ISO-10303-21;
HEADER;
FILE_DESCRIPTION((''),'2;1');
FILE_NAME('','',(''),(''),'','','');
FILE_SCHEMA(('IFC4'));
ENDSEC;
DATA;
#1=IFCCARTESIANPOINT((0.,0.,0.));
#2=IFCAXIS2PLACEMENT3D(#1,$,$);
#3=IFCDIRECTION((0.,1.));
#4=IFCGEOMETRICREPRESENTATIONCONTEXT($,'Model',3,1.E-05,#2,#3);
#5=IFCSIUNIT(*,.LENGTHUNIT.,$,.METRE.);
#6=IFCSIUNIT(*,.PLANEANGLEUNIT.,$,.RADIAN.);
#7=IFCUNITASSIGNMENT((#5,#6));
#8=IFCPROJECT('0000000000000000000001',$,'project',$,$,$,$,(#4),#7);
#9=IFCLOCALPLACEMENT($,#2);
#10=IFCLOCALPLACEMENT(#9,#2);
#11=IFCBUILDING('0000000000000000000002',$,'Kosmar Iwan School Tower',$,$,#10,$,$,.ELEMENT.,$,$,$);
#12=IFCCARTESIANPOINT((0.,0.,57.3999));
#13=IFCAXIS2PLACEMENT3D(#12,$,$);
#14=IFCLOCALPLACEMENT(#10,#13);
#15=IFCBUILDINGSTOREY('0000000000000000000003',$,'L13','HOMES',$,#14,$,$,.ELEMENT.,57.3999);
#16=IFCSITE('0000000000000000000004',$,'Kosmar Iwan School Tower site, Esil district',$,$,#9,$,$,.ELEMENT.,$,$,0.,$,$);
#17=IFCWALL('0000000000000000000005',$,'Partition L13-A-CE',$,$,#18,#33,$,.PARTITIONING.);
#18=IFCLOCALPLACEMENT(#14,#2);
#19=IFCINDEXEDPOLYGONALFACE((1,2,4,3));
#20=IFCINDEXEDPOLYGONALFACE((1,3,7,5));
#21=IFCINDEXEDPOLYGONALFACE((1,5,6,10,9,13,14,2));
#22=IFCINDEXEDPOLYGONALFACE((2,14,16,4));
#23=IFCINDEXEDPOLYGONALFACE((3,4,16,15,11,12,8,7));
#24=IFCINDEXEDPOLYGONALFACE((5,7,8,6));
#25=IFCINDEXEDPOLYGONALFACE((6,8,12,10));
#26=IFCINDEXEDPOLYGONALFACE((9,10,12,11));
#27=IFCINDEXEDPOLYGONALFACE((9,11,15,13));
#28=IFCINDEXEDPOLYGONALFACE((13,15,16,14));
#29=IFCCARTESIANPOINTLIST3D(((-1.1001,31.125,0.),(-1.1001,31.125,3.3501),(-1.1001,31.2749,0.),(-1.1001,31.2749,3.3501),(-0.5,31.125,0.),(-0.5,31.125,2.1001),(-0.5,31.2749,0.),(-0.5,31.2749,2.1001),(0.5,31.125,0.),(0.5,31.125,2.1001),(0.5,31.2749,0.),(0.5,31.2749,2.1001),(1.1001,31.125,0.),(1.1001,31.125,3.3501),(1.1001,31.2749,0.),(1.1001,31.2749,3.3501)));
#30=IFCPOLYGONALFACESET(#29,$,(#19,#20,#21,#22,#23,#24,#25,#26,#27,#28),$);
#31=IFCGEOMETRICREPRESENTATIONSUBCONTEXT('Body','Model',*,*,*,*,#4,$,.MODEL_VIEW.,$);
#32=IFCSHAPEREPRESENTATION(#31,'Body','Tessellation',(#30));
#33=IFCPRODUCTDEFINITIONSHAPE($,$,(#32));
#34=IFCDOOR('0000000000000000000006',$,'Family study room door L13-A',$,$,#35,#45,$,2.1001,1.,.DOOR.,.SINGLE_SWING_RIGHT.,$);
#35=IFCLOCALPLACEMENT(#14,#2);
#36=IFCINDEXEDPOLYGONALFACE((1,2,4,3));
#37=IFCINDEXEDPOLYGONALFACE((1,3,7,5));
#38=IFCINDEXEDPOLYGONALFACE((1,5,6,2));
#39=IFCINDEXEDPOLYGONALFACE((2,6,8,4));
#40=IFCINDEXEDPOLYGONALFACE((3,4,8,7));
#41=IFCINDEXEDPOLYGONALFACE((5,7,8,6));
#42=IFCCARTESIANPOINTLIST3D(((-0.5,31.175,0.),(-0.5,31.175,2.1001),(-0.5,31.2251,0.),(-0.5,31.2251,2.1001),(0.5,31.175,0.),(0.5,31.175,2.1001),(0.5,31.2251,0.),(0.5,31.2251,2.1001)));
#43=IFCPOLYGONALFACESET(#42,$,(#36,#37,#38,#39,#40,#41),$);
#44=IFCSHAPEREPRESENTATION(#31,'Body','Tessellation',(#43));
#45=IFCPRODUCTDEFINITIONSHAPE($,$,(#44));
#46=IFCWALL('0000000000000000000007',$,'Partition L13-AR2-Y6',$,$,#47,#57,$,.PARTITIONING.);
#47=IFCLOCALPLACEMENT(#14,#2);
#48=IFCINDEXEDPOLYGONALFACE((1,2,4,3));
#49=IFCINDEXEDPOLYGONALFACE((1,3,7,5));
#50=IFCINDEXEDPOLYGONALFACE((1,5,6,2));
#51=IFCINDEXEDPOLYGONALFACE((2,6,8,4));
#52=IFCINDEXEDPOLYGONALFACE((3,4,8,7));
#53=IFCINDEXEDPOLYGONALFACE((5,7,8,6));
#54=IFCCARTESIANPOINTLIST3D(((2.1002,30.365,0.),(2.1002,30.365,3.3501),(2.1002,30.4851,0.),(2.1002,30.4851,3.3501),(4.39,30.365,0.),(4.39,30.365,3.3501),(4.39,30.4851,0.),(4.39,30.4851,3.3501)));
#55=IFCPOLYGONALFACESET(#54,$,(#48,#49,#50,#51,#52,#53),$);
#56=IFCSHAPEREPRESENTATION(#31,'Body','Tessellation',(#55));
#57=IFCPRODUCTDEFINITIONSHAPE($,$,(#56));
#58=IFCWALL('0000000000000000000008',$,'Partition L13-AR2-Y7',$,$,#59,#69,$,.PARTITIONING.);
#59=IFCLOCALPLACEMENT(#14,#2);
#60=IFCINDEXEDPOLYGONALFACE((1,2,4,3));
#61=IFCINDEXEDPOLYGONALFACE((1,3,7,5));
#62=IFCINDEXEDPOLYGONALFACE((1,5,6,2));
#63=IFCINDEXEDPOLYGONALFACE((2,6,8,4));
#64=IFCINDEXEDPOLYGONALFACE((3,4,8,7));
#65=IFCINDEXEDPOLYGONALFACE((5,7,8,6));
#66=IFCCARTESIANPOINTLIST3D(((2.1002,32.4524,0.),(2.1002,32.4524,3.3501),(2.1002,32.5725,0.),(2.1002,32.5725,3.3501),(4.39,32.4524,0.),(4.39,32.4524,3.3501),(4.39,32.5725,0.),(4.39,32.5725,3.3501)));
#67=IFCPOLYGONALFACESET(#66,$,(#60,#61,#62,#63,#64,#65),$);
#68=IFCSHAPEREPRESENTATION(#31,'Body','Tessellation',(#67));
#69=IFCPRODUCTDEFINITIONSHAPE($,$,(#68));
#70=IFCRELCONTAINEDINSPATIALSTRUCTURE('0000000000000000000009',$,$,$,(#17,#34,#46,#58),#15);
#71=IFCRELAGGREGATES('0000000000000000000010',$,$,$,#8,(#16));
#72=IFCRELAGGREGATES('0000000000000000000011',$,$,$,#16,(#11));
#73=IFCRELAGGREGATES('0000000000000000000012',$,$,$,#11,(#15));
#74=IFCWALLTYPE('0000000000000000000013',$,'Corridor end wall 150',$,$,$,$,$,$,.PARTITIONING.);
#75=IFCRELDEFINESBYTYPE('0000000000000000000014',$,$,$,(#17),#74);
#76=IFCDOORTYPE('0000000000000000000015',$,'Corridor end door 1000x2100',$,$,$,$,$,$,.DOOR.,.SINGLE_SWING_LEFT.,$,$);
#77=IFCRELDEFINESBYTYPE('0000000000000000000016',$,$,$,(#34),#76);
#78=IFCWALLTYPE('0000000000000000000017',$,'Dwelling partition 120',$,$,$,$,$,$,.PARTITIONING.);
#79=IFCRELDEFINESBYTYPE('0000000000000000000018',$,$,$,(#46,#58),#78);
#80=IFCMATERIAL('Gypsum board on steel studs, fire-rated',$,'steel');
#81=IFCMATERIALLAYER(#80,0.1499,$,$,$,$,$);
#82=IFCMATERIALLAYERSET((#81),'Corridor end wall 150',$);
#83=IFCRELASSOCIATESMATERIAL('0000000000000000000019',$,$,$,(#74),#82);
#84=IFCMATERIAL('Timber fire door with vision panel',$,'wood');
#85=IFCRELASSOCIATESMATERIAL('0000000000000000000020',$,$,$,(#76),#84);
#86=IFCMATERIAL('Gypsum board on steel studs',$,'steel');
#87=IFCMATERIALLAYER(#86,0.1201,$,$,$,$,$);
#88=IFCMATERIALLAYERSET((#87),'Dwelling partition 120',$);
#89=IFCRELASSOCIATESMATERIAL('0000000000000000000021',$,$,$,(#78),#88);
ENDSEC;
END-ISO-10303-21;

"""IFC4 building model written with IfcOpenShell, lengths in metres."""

from ifc_helpers import new_model, si_unit, direction, frame, frame_2d, origin, place, context, subcontext, project, spatial, rectangle, extrude, material, layer, layer_set, type_object, element, fill, save


model = new_model("IFC4")

# Units and contexts
model_context = context("Model", 3, precision=1e-05, world=origin(), true_north=direction((0.0, 1.0)))
body_context = subcontext(model_context, "Body", "Model", "MODEL_VIEW")
ifc_project = project(units=[si_unit("LENGTHUNIT", "METRE"), si_unit("PLANEANGLEUNIT", "RADIAN")], contexts=[model_context])

# Site, building, storey
site_placement = place(None, origin())
site = spatial("IfcSite", under=ifc_project, at=site_placement, Name="Kosmar Iwan School Tower site, Esil district", CompositionType="ELEMENT", RefElevation=0.0)
building_placement = place(site_placement, origin())
building = spatial("IfcBuilding", under=site, at=building_placement, Name="Kosmar Iwan School Tower", CompositionType="ELEMENT")
storey_placement = place(building_placement, frame((0.0, 0.0, 57.3999)))
storey = spatial("IfcBuildingStorey", under=building, at=storey_placement, Name="L13", Description="HOMES", CompositionType="ELEMENT", Elevation=57.3999)

# Wall, opening, door
ifc_material_1 = material(Name="Gypsum board on steel studs, fire-rated", Category="steel")
ifc_layer_1 = layer(ifc_material_1, 0.1499)
ifc_layer_set_1 = layer_set([ifc_layer_1], Name="Corridor end wall 150")
wall_type_1 = type_object("IfcWallType", Name="Corridor end wall 150", PredefinedType="PARTITIONING", material=ifc_layer_set_1)
wall_placement = place(storey_placement, frame((1.1001, 31.2, 0.0), z_axis=(0.0, 0.0, 1.0), x_axis=(-1.0, 0.0, 0.0)))
wall = element("IfcWall", 1, at=wall_placement, inside=storey, type_object=wall_type_1, Name="Partition L13-A-CE", PredefinedType="PARTITIONING", context=body_context, shape_type="SweptSolid", body=[
    extrude(rectangle(XDim=2.2002, YDim=0.1499, at=frame_2d((1.1001, 0.0))), origin(), (0.0, 0.0, 1.0), 3.3501),
])
opening_placement = place(wall_placement, frame((0.6001, 0.0, 0.0)))
opening = element("IfcOpeningElement", 2, at=opening_placement, cuts=wall, PredefinedType="OPENING", context=body_context, shape_type="SweptSolid", body=[
    extrude(rectangle(XDim=1.0, YDim=2.1001, at=frame_2d((0.5, 1.05))), frame((0.0, 0.0869, 0.0), z_axis=(0.0, -1.0, 0.0), x_axis=(1.0, 0.0, 0.0)), (0.0, 0.0, 1.0), 0.1738),
])
ifc_material_2 = material(Name="Timber fire door with vision panel", Category="wood")
door_type = type_object("IfcDoorType", Name="Corridor end door 1000x2100", OperationType="SINGLE_SWING_LEFT", PredefinedType="DOOR", material=ifc_material_2)
door_placement = place(opening_placement, origin())
door = element("IfcDoor", 3, at=door_placement, inside=storey, type_object=door_type, Name="Family study room door L13-A", OperationType="SINGLE_SWING_RIGHT", OverallHeight=2.1001, OverallWidth=1.0, PredefinedType="DOOR", context=body_context, shape_type="SweptSolid", body=[
    extrude(rectangle(XDim=1.0, YDim=2.1001, at=frame_2d((0.5, 1.05))), frame((0.0, 0.0249, 0.0), z_axis=(0.0, -1.0, 0.0), x_axis=(1.0, 0.0, 0.0)), (0.0, 0.0, 1.0), 0.05),
])
fill(opening, door)

# Walls
ifc_material_3 = material(Name="Gypsum board on steel studs", Category="steel")
ifc_layer_2 = layer(ifc_material_3, 0.1201)
ifc_layer_set_2 = layer_set([ifc_layer_2], Name="Dwelling partition 120")
wall_type_2 = type_object("IfcWallType", Name="Dwelling partition 120", PredefinedType="PARTITIONING", material=ifc_layer_set_2)
for number, where, z_axis, x_axis, name in (
    (4, (2.1001, 30.425, 0.0), (0.0, 0.0, 1.0), (1.0, 0.0, 0.0), "Partition L13-AR2-Y6"),
    (5, (2.1001, 32.5125, 0.0), (0.0, 0.0, 1.0), (1.0, 0.0, 0.0), "Partition L13-AR2-Y7"),
):
    element("IfcWall", number, at=place(storey_placement, frame(where, z_axis=z_axis, x_axis=x_axis)), inside=storey, type_object=wall_type_2, Name=name, PredefinedType="PARTITIONING", context=body_context, shape_type="SweptSolid", body=[
        extrude(rectangle(XDim=2.2898, YDim=0.1201, at=frame_2d((1.145, 0.0))), origin(), (0.0, 0.0, 1.0), 3.3501),
    ])

save(model, "model.ifc")
